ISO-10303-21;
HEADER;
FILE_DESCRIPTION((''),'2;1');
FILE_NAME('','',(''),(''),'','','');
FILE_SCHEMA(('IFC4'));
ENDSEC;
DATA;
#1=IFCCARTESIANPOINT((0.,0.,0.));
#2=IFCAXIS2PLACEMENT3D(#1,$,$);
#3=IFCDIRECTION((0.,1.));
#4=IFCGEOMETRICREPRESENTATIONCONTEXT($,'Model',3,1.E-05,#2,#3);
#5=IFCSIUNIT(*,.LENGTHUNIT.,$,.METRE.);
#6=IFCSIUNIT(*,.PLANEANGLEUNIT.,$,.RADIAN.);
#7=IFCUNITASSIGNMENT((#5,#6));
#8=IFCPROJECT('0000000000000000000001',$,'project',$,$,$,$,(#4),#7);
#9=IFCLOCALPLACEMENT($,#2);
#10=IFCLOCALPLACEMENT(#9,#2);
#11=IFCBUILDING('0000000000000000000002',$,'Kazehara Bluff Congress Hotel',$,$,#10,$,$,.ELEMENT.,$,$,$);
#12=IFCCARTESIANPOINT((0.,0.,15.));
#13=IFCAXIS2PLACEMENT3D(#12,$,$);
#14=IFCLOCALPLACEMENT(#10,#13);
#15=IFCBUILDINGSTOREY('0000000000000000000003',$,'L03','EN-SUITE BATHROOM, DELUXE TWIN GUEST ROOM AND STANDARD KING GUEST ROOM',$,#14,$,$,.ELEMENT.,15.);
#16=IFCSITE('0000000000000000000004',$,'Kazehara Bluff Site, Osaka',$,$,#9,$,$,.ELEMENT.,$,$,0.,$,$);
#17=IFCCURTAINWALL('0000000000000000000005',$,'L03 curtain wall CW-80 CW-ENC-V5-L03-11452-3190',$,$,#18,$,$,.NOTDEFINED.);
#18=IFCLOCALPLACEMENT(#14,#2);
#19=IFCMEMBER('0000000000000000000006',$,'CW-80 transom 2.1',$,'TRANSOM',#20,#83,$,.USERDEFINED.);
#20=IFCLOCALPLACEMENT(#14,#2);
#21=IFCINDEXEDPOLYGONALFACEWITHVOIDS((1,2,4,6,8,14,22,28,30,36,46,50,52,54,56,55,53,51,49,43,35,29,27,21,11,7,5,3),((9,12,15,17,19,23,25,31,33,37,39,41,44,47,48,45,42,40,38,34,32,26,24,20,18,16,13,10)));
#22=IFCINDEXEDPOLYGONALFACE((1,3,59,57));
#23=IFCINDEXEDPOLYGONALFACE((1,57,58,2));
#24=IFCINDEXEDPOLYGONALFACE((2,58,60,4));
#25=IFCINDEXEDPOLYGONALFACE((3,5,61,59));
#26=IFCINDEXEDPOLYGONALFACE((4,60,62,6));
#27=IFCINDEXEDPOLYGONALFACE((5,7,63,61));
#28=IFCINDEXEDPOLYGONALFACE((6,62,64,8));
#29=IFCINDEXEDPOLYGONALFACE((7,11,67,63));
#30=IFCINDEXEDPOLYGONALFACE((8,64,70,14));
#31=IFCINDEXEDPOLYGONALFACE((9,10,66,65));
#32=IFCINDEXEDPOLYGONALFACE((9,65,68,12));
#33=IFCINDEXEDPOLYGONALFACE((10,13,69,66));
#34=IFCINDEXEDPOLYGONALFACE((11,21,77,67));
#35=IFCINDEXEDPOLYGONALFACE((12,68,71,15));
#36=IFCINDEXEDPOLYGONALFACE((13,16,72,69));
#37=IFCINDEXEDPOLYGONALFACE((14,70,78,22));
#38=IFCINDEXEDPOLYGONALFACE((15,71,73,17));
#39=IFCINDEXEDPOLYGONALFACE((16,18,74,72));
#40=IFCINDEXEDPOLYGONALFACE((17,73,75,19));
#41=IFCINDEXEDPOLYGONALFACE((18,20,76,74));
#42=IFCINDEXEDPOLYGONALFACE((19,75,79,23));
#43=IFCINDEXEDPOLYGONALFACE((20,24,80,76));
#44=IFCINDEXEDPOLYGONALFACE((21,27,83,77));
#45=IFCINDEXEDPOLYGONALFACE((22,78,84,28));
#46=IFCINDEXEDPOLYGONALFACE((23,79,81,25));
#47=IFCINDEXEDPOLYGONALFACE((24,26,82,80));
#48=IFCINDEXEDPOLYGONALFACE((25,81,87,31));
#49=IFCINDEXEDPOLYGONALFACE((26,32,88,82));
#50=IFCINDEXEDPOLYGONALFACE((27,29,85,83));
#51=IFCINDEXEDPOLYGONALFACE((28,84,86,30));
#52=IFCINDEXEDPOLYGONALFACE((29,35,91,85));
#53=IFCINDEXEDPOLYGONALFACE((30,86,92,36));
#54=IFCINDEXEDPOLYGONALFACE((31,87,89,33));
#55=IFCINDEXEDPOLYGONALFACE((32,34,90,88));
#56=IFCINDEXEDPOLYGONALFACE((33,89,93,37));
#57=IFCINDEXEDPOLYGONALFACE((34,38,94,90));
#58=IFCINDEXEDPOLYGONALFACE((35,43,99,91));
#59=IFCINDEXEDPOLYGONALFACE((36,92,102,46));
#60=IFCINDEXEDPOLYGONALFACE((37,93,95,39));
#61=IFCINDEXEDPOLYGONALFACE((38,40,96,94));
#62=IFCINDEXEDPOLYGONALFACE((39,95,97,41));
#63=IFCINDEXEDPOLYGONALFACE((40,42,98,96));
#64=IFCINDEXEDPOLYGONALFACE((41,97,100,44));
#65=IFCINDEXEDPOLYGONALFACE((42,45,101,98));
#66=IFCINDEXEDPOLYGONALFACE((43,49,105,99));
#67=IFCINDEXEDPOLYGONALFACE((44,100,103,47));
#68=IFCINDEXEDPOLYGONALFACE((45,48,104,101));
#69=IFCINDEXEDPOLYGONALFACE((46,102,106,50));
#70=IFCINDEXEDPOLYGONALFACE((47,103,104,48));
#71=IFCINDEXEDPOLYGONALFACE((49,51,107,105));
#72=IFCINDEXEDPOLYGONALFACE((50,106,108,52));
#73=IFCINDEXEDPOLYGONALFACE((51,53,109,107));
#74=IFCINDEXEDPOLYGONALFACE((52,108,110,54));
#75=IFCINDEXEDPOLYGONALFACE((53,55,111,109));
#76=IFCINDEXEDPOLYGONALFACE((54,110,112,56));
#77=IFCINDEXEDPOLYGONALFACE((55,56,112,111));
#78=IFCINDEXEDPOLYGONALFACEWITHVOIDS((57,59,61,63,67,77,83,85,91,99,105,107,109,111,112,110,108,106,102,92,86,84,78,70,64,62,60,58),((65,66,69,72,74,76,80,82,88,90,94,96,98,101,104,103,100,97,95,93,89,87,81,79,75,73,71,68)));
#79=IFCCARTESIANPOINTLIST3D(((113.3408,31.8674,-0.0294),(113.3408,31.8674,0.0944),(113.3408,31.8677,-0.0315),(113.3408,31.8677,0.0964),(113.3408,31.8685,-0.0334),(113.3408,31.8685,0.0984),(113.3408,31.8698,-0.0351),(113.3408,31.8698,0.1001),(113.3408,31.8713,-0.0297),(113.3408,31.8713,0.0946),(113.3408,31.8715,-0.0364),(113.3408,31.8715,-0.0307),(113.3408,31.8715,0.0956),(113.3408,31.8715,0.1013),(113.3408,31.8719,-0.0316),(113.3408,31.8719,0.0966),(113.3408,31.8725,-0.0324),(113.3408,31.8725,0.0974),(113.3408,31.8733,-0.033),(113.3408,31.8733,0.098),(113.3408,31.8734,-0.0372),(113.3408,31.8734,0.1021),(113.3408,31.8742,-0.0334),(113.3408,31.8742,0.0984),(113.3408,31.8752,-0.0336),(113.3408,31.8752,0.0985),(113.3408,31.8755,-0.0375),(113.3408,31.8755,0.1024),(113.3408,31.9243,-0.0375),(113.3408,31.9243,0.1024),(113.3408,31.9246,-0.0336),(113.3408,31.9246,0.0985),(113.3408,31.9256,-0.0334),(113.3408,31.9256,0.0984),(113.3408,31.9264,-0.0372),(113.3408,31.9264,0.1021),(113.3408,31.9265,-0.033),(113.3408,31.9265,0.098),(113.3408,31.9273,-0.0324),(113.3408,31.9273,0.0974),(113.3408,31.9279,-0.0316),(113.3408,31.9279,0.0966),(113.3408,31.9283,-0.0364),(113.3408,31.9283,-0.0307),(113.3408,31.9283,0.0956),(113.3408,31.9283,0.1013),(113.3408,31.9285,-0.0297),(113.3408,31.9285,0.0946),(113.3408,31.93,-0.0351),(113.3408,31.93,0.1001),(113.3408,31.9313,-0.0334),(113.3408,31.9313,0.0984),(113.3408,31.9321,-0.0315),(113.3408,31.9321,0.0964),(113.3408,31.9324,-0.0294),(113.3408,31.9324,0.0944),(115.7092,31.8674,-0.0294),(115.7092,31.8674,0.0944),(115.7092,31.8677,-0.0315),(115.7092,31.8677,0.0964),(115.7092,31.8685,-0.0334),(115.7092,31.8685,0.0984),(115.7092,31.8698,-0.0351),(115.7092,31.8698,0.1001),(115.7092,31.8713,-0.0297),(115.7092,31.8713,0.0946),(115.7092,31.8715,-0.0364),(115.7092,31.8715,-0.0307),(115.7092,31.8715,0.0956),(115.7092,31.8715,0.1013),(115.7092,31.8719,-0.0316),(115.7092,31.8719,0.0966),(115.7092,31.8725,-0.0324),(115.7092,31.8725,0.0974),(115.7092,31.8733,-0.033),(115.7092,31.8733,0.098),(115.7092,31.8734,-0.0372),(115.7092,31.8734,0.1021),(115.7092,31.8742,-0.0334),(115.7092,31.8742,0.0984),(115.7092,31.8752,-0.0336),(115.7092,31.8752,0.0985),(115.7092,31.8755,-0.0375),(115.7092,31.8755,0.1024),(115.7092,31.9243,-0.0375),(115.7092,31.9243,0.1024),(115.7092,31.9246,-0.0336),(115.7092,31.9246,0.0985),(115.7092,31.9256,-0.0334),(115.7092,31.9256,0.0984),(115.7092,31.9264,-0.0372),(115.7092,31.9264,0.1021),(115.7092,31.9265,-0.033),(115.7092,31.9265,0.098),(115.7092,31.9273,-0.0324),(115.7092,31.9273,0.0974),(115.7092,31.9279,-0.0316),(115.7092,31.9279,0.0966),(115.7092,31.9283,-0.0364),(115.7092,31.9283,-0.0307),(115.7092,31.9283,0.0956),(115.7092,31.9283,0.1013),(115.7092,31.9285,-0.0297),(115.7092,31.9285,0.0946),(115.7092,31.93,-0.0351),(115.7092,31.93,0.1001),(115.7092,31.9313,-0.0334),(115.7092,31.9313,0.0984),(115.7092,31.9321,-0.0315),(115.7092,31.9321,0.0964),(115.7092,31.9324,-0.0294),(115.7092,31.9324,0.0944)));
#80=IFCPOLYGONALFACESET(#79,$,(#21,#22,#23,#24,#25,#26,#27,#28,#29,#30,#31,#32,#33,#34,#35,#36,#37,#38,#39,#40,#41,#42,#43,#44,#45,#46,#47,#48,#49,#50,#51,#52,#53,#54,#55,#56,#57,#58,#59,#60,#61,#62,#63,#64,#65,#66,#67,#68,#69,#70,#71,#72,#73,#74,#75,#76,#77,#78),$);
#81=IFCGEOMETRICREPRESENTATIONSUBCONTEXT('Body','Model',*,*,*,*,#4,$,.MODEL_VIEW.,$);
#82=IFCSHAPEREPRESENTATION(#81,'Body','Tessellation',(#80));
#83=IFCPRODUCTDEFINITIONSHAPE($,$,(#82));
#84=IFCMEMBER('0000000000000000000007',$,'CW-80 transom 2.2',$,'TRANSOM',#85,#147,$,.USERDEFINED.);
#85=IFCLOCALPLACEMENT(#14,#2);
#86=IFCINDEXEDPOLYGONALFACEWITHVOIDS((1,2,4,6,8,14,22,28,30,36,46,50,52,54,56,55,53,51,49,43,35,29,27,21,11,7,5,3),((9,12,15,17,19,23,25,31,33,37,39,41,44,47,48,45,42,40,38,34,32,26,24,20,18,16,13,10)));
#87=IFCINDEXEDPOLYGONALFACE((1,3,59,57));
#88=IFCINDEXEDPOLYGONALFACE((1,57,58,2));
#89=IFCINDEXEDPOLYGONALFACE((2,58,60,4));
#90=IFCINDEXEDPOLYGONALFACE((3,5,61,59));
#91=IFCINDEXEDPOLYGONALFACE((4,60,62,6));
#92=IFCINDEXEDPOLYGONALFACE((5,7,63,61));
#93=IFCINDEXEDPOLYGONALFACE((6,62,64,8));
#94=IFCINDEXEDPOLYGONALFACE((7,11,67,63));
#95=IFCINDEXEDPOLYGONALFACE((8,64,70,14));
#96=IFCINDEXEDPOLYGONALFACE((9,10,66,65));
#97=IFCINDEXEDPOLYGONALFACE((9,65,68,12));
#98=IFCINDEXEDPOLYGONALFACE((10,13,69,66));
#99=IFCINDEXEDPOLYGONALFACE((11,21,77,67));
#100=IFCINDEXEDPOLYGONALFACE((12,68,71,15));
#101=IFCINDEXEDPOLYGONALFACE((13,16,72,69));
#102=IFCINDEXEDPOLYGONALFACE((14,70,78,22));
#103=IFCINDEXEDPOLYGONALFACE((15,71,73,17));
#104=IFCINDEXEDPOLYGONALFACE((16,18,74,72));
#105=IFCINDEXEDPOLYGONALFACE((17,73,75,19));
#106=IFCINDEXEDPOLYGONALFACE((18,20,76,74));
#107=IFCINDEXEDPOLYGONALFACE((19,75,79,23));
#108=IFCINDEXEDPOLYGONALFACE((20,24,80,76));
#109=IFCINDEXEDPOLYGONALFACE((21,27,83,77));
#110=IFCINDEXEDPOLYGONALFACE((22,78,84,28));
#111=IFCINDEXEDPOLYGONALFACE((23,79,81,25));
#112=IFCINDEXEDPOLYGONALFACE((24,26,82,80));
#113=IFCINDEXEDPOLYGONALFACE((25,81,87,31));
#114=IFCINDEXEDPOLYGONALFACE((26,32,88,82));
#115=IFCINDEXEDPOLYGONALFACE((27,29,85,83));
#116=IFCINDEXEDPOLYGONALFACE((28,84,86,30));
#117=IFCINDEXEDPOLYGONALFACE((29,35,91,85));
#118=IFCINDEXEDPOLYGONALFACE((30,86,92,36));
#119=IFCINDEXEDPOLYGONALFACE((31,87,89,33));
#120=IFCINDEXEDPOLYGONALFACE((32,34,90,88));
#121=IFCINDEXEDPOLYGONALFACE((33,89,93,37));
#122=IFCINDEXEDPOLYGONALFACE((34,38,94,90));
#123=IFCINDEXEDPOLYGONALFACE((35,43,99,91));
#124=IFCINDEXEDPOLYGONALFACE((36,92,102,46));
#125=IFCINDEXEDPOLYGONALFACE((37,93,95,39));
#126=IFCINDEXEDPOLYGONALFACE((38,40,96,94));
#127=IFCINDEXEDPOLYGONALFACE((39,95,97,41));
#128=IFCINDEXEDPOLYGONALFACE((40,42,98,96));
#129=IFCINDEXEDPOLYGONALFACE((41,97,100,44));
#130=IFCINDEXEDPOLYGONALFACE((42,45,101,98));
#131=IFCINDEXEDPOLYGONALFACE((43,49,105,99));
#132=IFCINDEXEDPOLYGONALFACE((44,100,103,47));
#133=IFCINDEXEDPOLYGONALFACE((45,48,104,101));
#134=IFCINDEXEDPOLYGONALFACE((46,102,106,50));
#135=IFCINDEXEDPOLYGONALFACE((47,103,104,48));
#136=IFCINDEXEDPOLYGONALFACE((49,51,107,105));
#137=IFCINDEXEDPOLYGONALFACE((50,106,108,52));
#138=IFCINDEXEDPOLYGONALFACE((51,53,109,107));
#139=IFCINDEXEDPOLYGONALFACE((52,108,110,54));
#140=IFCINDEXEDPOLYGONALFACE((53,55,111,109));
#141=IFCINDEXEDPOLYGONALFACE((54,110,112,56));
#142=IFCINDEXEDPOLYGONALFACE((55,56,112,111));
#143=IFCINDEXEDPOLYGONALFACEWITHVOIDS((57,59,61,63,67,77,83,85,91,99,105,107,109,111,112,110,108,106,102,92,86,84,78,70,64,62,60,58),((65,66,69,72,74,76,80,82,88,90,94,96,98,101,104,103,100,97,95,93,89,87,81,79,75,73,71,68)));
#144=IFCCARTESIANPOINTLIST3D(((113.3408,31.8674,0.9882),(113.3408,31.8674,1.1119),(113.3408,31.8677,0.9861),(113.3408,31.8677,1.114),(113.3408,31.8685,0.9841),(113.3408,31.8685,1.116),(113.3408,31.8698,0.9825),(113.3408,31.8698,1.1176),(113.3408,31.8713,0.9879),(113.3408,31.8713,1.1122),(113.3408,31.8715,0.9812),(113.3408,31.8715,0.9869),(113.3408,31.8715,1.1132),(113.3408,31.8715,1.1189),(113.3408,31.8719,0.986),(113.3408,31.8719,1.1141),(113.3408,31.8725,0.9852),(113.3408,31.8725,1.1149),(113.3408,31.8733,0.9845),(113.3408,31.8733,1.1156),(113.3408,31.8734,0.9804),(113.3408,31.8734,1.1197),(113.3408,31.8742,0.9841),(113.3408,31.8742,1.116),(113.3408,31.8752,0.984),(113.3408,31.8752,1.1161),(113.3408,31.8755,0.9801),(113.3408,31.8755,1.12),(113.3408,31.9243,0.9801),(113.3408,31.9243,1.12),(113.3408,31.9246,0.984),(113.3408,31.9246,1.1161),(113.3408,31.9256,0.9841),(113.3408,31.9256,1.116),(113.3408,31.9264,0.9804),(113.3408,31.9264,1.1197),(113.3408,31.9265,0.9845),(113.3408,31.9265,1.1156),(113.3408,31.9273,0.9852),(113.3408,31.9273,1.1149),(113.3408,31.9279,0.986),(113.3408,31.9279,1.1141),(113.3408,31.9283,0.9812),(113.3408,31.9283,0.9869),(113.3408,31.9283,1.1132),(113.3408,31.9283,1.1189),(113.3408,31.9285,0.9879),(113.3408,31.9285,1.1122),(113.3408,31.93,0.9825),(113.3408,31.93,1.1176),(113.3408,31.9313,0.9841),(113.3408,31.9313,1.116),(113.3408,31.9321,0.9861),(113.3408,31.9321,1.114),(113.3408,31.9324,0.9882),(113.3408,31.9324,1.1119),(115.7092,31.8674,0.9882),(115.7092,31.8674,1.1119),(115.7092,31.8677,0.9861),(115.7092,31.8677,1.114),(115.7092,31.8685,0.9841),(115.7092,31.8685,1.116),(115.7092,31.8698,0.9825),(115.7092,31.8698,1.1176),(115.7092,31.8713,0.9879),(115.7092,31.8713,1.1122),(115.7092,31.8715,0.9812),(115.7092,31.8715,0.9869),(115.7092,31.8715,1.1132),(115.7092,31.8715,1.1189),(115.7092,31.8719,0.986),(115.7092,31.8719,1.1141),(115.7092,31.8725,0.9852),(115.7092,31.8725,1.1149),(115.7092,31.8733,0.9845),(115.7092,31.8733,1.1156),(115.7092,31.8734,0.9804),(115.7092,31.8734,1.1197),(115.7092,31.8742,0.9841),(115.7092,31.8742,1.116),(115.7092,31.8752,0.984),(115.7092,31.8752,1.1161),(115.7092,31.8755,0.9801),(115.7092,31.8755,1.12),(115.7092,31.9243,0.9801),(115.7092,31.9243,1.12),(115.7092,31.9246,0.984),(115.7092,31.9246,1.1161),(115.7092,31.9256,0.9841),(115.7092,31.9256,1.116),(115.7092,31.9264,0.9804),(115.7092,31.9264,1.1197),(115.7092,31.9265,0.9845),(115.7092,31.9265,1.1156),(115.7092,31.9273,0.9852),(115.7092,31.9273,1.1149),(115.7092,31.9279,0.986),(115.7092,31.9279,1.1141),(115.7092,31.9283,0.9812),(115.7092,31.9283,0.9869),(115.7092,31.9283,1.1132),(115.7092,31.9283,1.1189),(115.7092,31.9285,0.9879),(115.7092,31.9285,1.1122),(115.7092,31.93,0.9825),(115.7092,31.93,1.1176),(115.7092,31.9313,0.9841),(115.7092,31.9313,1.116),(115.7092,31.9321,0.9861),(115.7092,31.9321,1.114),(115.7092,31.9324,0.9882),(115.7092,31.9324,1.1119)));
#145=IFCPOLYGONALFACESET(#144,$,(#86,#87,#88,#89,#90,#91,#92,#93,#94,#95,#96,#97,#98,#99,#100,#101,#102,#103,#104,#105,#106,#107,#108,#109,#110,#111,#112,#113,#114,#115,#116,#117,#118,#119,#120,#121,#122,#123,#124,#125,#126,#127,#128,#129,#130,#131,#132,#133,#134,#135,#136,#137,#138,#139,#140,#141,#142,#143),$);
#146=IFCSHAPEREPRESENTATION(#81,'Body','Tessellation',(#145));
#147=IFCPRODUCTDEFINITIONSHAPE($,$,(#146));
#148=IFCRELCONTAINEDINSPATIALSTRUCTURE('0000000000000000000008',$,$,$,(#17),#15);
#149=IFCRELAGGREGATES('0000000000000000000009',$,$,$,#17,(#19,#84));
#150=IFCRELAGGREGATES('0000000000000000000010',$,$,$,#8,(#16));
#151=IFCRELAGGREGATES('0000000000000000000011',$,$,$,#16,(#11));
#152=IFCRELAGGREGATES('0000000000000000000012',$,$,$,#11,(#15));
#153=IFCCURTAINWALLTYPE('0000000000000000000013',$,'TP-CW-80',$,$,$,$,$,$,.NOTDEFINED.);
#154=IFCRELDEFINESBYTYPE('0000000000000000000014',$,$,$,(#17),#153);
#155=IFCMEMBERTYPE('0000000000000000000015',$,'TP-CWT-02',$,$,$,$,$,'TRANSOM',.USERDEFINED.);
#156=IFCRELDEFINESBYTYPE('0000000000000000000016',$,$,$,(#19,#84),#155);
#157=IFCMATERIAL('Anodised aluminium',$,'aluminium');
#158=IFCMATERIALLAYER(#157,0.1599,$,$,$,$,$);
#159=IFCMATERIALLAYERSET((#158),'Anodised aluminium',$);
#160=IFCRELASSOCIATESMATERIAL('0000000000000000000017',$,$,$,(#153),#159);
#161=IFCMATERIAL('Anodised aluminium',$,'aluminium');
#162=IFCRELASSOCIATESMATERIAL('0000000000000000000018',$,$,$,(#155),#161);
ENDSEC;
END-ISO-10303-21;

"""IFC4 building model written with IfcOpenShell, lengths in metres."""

from ifc_helpers import new_model, si_unit, direction, frame, origin, origin_2d, place, context, subcontext, project, spatial, hollow_rectangle, extrude, material, layer, layer_set, material_profile, profile_set, type_object, element, aggregate, save


model = new_model("IFC4")

# Units and contexts
model_context = context("Model", 3, precision=1e-05, world=origin(), true_north=direction((0.0, 1.0)))
body_context = subcontext(model_context, "Body", "Model", "MODEL_VIEW")
ifc_project = project(units=[si_unit("LENGTHUNIT", "METRE"), si_unit("PLANEANGLEUNIT", "RADIAN")], contexts=[model_context])

# Site, building, storey
site_placement = place(None, origin())
site = spatial("IfcSite", under=ifc_project, at=site_placement, Name="Kazehara Bluff Site, Osaka", CompositionType="ELEMENT", RefElevation=0.0)
building_placement = place(site_placement, origin())
building = spatial("IfcBuilding", under=site, at=building_placement, Name="Kazehara Bluff Congress Hotel", CompositionType="ELEMENT")
storey_placement = place(building_placement, frame((0.0, 0.0, 15.0)))
storey = spatial("IfcBuildingStorey", under=building, at=storey_placement, Name="L03", Description="EN-SUITE BATHROOM, DELUXE TWIN GUEST ROOM AND STANDARD KING GUEST ROOM", CompositionType="ELEMENT", Elevation=15.0)

# Curtain wall, members
ifc_material_1 = material(Name="Anodised aluminium", Category="aluminium")
ifc_layer_1 = layer(ifc_material_1, 0.1599)
ifc_layer_set_1 = layer_set([ifc_layer_1], Name="Anodised aluminium")
curtain_wall_type_1 = type_object("IfcCurtainWallType", Name="TP-CW-80", PredefinedType="NOTDEFINED", material=ifc_layer_set_1)
curtain_wall_1_placement = place(storey_placement, origin())
curtain_wall_1 = element("IfcCurtainWall", 1, at=curtain_wall_1_placement, inside=storey, type_object=curtain_wall_type_1, Name="L03 curtain wall CW-80 CW-ENC-V5-L03-11452-3190", PredefinedType="NOTDEFINED")
ifc_material_2 = material(Name="Anodised aluminium", Category="aluminium")
ifc_material_profile_1 = material_profile(ifc_material_2, hollow_rectangle(XDim=0.0649, YDim=0.1399, WallThickness=0.0039, InnerFilletRadius=0.0039, OuterFilletRadius=0.0081, at=origin_2d()))
ifc_profile_set_1 = profile_set([ifc_material_profile_1], Name="Anodised aluminium")
member_type_1 = type_object("IfcMemberType", Name="TP-CWT-02", ElementType="TRANSOM", PredefinedType="USERDEFINED", material=ifc_profile_set_1)
member_1_placement = place(storey_placement, frame((113.3408, 31.8999, 0.0325), z_axis=(1.0, 0.0, 0.0), x_axis=(0.0, 1.0, 0.0)))
member_1 = element("IfcMember", 2, at=member_1_placement, type_object=member_type_1, Name="CW-80 transom 2.1", ObjectType="TRANSOM", PredefinedType="USERDEFINED", context=body_context, shape_type="SweptSolid", body=[
    extrude(hollow_rectangle(XDim=0.0649, YDim=0.1399, WallThickness=0.0039, InnerFilletRadius=0.0039, OuterFilletRadius=0.0081, at=origin_2d()), origin(), (0.0, 0.0, 1.0), 2.3684),
])
member_2_placement = place(storey_placement, frame((113.3408, 31.8999, 1.05), z_axis=(1.0, 0.0, 0.0), x_axis=(0.0, 1.0, 0.0)))
member_2 = element("IfcMember", 3, at=member_2_placement, type_object=member_type_1, Name="CW-80 transom 2.2", ObjectType="TRANSOM", PredefinedType="USERDEFINED", context=body_context, shape_type="SweptSolid", body=[
    extrude(hollow_rectangle(XDim=0.0649, YDim=0.1399, WallThickness=0.0039, InnerFilletRadius=0.0039, OuterFilletRadius=0.0081, at=origin_2d()), origin(), (0.0, 0.0, 1.0), 2.3684),
])

aggregate(curtain_wall_1, [member_1, member_2])

save(model, "model.ifc")
